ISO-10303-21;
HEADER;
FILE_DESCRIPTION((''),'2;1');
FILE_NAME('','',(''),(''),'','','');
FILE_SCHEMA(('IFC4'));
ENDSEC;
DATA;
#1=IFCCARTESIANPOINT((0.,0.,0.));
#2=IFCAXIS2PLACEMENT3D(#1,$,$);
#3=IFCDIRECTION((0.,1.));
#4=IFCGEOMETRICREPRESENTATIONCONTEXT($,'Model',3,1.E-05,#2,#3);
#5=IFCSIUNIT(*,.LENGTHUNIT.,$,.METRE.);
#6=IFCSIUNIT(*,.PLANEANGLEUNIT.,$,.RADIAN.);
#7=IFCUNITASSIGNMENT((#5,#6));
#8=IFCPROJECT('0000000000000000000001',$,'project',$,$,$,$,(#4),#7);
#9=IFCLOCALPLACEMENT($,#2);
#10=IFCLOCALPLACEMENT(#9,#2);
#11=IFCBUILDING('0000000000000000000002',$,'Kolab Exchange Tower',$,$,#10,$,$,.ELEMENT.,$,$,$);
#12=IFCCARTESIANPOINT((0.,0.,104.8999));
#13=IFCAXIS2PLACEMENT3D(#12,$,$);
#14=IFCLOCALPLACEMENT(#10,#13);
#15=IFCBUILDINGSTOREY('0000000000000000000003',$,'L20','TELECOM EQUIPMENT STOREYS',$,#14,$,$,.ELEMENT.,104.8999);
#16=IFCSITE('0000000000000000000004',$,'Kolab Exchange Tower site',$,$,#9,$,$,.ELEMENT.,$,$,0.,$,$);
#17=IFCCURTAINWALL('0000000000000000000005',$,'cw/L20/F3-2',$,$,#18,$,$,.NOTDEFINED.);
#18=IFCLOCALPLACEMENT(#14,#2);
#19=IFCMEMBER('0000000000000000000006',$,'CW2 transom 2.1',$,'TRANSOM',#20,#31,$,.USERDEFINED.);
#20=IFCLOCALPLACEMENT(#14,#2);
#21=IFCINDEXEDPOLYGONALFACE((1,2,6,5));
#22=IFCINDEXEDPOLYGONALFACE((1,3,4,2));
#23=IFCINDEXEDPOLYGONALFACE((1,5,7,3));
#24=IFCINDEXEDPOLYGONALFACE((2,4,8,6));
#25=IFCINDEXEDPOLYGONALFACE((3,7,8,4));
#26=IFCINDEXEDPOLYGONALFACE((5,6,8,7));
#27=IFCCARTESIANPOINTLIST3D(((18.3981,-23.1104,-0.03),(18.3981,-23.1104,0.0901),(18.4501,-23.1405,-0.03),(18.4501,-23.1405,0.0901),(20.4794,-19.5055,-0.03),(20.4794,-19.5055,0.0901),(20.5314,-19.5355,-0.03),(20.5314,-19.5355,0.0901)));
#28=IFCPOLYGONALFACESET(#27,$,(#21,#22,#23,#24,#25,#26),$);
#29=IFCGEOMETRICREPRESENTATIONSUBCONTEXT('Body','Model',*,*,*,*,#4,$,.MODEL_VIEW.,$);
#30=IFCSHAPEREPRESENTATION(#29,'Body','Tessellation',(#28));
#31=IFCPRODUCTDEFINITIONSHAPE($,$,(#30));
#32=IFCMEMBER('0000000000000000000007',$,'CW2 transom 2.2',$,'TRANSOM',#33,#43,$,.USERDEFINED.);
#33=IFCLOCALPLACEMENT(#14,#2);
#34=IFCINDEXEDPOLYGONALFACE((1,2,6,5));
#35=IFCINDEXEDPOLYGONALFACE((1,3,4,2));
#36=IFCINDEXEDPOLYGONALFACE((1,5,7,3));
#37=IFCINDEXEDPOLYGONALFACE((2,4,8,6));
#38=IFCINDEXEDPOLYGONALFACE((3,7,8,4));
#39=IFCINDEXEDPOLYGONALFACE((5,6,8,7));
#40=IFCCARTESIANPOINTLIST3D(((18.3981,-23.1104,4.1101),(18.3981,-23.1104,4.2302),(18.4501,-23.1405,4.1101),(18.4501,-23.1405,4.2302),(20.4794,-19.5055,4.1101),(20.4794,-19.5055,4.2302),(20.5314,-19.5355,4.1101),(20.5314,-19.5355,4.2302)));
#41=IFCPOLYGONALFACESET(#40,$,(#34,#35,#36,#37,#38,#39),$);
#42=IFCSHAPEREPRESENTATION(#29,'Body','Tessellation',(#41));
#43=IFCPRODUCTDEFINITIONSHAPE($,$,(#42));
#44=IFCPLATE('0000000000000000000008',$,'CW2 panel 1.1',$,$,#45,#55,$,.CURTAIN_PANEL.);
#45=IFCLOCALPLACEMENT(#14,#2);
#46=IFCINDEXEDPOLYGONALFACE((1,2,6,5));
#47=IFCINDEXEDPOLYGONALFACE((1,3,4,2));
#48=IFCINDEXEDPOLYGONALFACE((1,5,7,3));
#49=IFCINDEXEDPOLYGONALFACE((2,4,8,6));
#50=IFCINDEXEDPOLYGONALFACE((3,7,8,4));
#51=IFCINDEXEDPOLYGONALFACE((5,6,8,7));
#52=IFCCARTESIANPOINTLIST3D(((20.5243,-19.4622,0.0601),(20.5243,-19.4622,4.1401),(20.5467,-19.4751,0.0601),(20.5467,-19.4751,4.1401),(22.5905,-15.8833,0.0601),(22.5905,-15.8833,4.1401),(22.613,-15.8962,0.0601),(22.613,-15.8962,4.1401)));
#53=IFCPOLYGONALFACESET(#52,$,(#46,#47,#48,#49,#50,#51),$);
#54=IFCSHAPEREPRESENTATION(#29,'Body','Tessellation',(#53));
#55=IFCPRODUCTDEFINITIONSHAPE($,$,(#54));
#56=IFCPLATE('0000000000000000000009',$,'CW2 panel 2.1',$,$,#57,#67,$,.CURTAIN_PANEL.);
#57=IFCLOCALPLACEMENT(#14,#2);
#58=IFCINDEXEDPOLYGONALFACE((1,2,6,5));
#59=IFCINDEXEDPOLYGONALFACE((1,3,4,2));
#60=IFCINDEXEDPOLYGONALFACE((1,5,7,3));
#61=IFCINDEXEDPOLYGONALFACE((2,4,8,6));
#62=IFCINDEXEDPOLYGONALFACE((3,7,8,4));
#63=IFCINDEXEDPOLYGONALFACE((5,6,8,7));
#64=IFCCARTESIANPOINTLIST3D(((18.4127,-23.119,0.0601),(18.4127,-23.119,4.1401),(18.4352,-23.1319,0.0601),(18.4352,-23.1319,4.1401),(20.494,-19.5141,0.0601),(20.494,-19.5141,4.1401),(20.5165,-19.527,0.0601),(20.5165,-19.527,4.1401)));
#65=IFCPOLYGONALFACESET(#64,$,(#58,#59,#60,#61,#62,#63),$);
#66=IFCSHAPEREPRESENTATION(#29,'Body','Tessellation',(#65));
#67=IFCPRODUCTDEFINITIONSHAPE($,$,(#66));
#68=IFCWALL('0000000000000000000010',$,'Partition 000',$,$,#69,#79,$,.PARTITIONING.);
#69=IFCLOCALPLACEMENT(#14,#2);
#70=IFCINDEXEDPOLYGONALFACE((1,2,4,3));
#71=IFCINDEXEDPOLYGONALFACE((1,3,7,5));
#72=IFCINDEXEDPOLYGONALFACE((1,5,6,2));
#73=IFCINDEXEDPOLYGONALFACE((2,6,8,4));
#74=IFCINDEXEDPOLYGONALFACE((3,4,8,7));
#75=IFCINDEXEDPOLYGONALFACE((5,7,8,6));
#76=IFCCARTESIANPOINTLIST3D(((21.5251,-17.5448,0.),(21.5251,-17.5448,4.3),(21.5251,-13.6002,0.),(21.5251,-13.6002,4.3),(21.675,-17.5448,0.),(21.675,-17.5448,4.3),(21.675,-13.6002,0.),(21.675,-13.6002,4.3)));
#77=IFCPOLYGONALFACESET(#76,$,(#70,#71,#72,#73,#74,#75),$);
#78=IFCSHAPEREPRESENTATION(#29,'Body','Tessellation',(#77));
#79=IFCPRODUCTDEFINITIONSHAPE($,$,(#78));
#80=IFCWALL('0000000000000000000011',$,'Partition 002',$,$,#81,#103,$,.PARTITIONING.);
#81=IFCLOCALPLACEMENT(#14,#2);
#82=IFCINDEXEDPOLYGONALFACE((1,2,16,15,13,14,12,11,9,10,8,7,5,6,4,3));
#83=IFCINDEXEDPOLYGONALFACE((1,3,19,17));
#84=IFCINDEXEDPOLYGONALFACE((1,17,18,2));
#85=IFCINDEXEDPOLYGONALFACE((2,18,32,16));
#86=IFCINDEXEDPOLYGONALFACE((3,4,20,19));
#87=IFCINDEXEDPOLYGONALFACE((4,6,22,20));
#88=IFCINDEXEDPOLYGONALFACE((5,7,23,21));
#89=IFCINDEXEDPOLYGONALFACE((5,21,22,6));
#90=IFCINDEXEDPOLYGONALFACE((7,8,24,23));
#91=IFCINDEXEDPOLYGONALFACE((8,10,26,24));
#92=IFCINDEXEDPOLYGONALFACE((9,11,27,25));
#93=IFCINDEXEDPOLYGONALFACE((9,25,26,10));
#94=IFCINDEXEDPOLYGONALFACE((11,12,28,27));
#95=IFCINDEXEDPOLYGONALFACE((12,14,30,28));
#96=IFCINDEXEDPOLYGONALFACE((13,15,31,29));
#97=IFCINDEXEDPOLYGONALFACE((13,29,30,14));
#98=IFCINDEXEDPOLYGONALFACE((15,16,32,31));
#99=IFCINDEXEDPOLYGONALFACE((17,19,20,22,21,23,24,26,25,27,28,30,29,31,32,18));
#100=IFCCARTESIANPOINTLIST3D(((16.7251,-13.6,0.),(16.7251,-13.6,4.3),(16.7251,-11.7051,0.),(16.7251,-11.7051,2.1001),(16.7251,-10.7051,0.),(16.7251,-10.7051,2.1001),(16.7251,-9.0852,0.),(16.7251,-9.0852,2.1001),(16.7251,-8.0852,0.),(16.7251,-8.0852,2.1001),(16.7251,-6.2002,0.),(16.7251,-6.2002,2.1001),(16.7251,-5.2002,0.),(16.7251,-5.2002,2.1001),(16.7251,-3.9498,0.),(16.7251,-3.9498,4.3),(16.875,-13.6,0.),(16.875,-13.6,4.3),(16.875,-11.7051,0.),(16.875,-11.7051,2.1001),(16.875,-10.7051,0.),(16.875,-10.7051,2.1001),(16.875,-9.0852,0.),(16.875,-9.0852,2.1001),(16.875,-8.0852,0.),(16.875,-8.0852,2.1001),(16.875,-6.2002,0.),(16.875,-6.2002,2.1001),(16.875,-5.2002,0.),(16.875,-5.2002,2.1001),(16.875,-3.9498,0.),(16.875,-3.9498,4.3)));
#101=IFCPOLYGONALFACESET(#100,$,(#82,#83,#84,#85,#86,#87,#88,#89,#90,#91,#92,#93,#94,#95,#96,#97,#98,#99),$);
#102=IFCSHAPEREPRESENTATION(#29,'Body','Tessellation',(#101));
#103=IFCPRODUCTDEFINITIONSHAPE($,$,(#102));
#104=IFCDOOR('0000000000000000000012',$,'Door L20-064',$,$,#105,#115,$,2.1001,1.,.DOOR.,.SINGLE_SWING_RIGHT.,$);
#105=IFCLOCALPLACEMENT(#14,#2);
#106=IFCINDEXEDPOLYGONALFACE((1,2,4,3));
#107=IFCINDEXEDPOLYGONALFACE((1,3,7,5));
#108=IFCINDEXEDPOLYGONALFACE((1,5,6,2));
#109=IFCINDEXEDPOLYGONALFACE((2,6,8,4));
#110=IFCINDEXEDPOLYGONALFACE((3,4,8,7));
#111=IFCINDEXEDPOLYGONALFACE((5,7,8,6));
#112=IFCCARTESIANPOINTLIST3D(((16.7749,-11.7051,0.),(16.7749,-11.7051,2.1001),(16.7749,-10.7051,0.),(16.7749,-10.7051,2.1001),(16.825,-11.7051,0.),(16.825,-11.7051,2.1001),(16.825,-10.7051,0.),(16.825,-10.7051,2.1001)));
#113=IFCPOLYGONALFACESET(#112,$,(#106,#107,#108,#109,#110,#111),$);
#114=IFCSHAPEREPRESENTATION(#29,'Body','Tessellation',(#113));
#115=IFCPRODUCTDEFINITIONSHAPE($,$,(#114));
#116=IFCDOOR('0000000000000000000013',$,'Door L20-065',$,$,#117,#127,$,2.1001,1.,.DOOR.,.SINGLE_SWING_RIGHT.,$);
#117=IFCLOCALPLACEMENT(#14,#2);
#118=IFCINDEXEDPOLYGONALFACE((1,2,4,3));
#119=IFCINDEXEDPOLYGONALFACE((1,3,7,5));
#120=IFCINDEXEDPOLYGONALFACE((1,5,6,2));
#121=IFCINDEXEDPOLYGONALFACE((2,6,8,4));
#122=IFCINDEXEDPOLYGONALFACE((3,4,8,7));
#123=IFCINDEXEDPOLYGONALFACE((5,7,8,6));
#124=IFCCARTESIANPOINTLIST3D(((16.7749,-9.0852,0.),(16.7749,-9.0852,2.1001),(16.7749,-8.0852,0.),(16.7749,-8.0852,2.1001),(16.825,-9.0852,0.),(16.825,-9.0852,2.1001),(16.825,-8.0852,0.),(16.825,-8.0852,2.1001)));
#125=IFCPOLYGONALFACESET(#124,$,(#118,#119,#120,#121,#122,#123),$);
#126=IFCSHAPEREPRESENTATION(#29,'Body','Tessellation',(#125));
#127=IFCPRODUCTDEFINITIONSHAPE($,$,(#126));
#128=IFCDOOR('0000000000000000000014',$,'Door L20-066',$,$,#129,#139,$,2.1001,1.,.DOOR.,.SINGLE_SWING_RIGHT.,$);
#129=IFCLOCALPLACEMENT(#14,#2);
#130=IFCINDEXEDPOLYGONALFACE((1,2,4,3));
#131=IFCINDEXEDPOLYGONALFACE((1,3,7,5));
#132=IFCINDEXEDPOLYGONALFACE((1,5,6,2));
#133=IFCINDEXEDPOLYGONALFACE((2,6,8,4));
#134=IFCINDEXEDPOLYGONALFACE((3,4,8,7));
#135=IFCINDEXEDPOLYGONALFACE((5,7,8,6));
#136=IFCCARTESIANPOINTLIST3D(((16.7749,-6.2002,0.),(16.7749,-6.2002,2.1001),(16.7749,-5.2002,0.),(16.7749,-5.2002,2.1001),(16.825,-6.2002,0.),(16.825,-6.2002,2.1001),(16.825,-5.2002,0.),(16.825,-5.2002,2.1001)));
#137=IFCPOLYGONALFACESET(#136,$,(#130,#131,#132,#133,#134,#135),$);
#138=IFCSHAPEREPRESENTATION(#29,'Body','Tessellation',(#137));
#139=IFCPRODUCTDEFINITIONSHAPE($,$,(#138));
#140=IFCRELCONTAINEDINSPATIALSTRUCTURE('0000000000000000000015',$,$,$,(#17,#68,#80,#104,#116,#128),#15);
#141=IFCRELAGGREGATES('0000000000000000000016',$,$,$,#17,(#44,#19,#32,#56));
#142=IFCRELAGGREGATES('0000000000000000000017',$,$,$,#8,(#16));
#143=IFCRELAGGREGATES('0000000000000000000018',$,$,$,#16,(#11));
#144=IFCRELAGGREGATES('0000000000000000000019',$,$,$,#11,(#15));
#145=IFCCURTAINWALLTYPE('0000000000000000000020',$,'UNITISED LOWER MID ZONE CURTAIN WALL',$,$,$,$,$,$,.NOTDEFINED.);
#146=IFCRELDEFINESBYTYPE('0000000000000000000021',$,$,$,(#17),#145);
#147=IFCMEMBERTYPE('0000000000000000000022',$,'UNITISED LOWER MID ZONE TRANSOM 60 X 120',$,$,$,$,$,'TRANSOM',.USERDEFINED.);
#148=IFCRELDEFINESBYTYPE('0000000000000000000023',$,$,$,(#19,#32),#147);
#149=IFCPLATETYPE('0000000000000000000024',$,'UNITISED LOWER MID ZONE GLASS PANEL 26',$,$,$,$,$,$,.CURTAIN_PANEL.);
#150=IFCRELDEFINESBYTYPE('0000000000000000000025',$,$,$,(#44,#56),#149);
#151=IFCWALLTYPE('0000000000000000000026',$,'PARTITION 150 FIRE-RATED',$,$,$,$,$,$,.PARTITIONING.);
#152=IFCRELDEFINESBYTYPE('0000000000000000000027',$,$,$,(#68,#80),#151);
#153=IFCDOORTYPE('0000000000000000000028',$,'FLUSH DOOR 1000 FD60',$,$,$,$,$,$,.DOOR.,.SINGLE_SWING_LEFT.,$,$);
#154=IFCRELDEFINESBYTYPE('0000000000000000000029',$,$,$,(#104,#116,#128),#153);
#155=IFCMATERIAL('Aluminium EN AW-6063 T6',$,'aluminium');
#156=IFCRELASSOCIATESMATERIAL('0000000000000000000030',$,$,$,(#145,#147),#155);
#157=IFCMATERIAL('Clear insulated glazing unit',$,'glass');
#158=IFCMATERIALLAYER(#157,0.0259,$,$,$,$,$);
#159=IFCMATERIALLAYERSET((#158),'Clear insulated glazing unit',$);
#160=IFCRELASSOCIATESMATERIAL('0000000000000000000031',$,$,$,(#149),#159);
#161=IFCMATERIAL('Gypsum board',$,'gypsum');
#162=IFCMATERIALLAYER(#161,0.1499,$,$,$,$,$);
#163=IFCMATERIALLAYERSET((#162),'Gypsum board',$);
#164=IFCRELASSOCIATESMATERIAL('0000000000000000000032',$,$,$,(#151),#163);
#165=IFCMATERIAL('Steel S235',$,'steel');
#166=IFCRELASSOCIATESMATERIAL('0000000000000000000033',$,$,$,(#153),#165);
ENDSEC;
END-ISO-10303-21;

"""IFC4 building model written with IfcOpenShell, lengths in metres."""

from ifc_helpers import new_model, si_unit, direction, frame, frame_2d, origin, origin_2d, place, context, subcontext, project, spatial, rectangle, extrude, material, layer, layer_set, material_profile, profile_set, type_object, element, fill, aggregate, save


model = new_model("IFC4")

# Units and contexts
model_context = context("Model", 3, precision=1e-05, world=origin(), true_north=direction((0.0, 1.0)))
body_context = subcontext(model_context, "Body", "Model", "MODEL_VIEW")
ifc_project = project(units=[si_unit("LENGTHUNIT", "METRE"), si_unit("PLANEANGLEUNIT", "RADIAN")], contexts=[model_context])

# Site, building, storey
site_placement = place(None, origin())
site = spatial("IfcSite", under=ifc_project, at=site_placement, Name="Kolab Exchange Tower site", CompositionType="ELEMENT", RefElevation=0.0)
building_placement = place(site_placement, origin())
building = spatial("IfcBuilding", under=site, at=building_placement, Name="Kolab Exchange Tower", CompositionType="ELEMENT")
storey_placement = place(building_placement, frame((0.0, 0.0, 104.8999)))
storey = spatial("IfcBuildingStorey", under=building, at=storey_placement, Name="L20", Description="TELECOM EQUIPMENT STOREYS", CompositionType="ELEMENT", Elevation=104.8999)

# Curtain wall, members, plates
ifc_material_1 = material(Name="Aluminium EN AW-6063 T6", Category="aluminium")
curtain_wall_type = type_object("IfcCurtainWallType", Name="UNITISED LOWER MID ZONE CURTAIN WALL", PredefinedType="NOTDEFINED", material=ifc_material_1)
curtain_wall_placement = place(storey_placement, origin())
curtain_wall = element("IfcCurtainWall", 1, at=curtain_wall_placement, inside=storey, type_object=curtain_wall_type, Name="cw/L20/F3-2", PredefinedType="NOTDEFINED")
ifc_material_profile_1 = material_profile(ifc_material_1, rectangle(XDim=0.0601, YDim=0.1201, at=origin_2d()), Name="RECT 60X120")
ifc_profile_set_1 = profile_set([ifc_material_profile_1], Name="Aluminium EN AW-6063 T6")
member_type_1 = type_object("IfcMemberType", Name="UNITISED LOWER MID ZONE TRANSOM 60 X 120", ElementType="TRANSOM", PredefinedType="USERDEFINED", material=ifc_profile_set_1)
member_1_placement = place(storey_placement, frame((20.5054, -19.5205, 0.03), z_axis=(-0.499993, -0.866029, 0.0), x_axis=(0.866029, -0.499993, 0.0)))
member_1 = element("IfcMember", 2, at=member_1_placement, type_object=member_type_1, Name="CW2 transom 2.1", ObjectType="TRANSOM", PredefinedType="USERDEFINED", context=body_context, shape_type="SweptSolid", body=[
    extrude(rectangle(XDim=0.0601, YDim=0.1201, at=origin_2d()), origin(), (0.0, 0.0, 1.0), 4.1626),
])
member_2_placement = place(storey_placement, frame((20.5054, -19.5205, 4.1702), z_axis=(-0.499993, -0.866029, 0.0), x_axis=(0.866029, -0.499993, 0.0)))
member_2 = element("IfcMember", 3, at=member_2_placement, type_object=member_type_1, Name="CW2 transom 2.2", ObjectType="TRANSOM", PredefinedType="USERDEFINED", context=body_context, shape_type="SweptSolid", body=[
    extrude(rectangle(XDim=0.0601, YDim=0.1201, at=origin_2d()), origin(), (0.0, 0.0, 1.0), 4.1626),
])
ifc_material_2 = material(Name="Clear insulated glazing unit", Category="glass")
ifc_layer_1 = layer(ifc_material_2, 0.0259)
ifc_layer_set_1 = layer_set([ifc_layer_1], Name="Clear insulated glazing unit")
plate_type = type_object("IfcPlateType", Name="UNITISED LOWER MID ZONE GLASS PANEL 26", PredefinedType="CURTAIN_PANEL", material=ifc_layer_set_1)
plate_1_placement = place(storey_placement, frame((21.5686, -17.6792, 0.0601), z_axis=(0.0, 0.0, 1.0), x_axis=(-0.5, -0.866025, 0.0)))
plate_1 = element("IfcPlate", 4, at=plate_1_placement, type_object=plate_type, Name="CW2 panel 1.1", PredefinedType="CURTAIN_PANEL", context=body_context, shape_type="SweptSolid", body=[
    extrude(rectangle(XDim=4.1326, YDim=0.0259, at=origin_2d()), origin(), (0.0, 0.0, 1.0), 4.0801),
])
plate_2_placement = place(storey_placement, frame((19.4646, -21.323, 0.0601), z_axis=(0.0, 0.0, 1.0), x_axis=(-0.5, -0.866025, 0.0)))
plate_2 = element("IfcPlate", 5, at=plate_2_placement, type_object=plate_type, Name="CW2 panel 2.1", PredefinedType="CURTAIN_PANEL", context=body_context, shape_type="SweptSolid", body=[
    extrude(rectangle(XDim=4.1626, YDim=0.0259, at=origin_2d()), origin(), (0.0, 0.0, 1.0), 4.0801),
])
aggregate(curtain_wall, [plate_1, member_1, member_2, plate_2])

# Wall
ifc_material_3 = material(Name="Gypsum board", Category="gypsum")
ifc_layer_2 = layer(ifc_material_3, 0.1499)
ifc_layer_set_2 = layer_set([ifc_layer_2], Name="Gypsum board")
wall_type = type_object("IfcWallType", Name="PARTITION 150 FIRE-RATED", PredefinedType="PARTITIONING", material=ifc_layer_set_2)
wall_1_placement = place(storey_placement, frame((21.6001, -17.5447, 0.0), z_axis=(0.0, 0.0, 1.0), x_axis=(0.0, 1.0, 0.0)))
element("IfcWall", 6, at=wall_1_placement, inside=storey, type_object=wall_type, Name="Partition 000", PredefinedType="PARTITIONING", context=body_context, shape_type="SweptSolid", body=[
    extrude(rectangle(XDim=3.9446, YDim=0.1499, at=frame_2d((1.9722, 0.0))), origin(), (0.0, 0.0, 1.0), 4.3),
])

# Wall, openings, doors
wall_2_placement = place(storey_placement, frame((16.8, -13.6001, 0.0), z_axis=(0.0, 0.0, 1.0), x_axis=(0.0, 1.0, 0.0)))
wall_2 = element("IfcWall", 7, at=wall_2_placement, inside=storey, type_object=wall_type, Name="Partition 002", PredefinedType="PARTITIONING", context=body_context, shape_type="SweptSolid", body=[
    extrude(rectangle(XDim=9.6501, YDim=0.1499, at=frame_2d((4.8252, 0.0))), origin(), (0.0, 0.0, 1.0), 4.3),
])
opening_1_placement = place(wall_2_placement, frame((1.895, 0.0, 0.0)))
opening_1 = element("IfcOpeningElement", 8, at=opening_1_placement, cuts=wall_2, PredefinedType="OPENING", context=body_context, shape_type="SweptSolid", body=[
    extrude(rectangle(XDim=1.0, YDim=2.1001, at=frame_2d((0.5, 1.05))), frame((0.0, 0.085, 0.0), z_axis=(0.0, -1.0, 0.0), x_axis=(1.0, 0.0, 0.0)), (0.0, 0.0, 1.0), 0.1699),
])
opening_2_placement = place(wall_2_placement, frame((4.5149, 0.0, 0.0)))
opening_2 = element("IfcOpeningElement", 9, at=opening_2_placement, cuts=wall_2, PredefinedType="OPENING", context=body_context, shape_type="SweptSolid", body=[
    extrude(rectangle(XDim=1.0, YDim=2.1001, at=frame_2d((0.5, 1.05))), frame((0.0, 0.085, 0.0), z_axis=(0.0, -1.0, 0.0), x_axis=(1.0, 0.0, 0.0)), (0.0, 0.0, 1.0), 0.1699),
])
opening_3_placement = place(wall_2_placement, frame((7.3999, 0.0, 0.0)))
opening_3 = element("IfcOpeningElement", 10, at=opening_3_placement, cuts=wall_2, PredefinedType="OPENING", context=body_context, shape_type="SweptSolid", body=[
    extrude(rectangle(XDim=1.0, YDim=2.1001, at=frame_2d((0.5, 1.05))), frame((0.0, 0.085, 0.0), z_axis=(0.0, -1.0, 0.0), x_axis=(1.0, 0.0, 0.0)), (0.0, 0.0, 1.0), 0.1699),
])
ifc_material_4 = material(Name="Steel S235", Category="steel")
door_type = type_object("IfcDoorType", Name="FLUSH DOOR 1000 FD60", OperationType="SINGLE_SWING_LEFT", PredefinedType="DOOR", material=ifc_material_4)
door_1_placement = place(opening_1_placement, frame((1.0, 0.0, 0.0), z_axis=(0.0, 0.0, 1.0), x_axis=(-1.0, 0.0, 0.0)))
door_1 = element("IfcDoor", 11, at=door_1_placement, inside=storey, type_object=door_type, Name="Door L20-064", OperationType="SINGLE_SWING_RIGHT", OverallHeight=2.1001, OverallWidth=1.0, PredefinedType="DOOR", context=body_context, shape_type="SweptSolid", body=[
    extrude(rectangle(XDim=1.0, YDim=2.1001, at=frame_2d((0.5, 1.05))), frame((0.0, 0.0249, 0.0), z_axis=(0.0, -1.0, 0.0), x_axis=(1.0, 0.0, 0.0)), (0.0, 0.0, 1.0), 0.05),
])
fill(opening_1, door_1)
door_2_placement = place(opening_2_placement, frame((1.0, 0.0, 0.0), z_axis=(0.0, 0.0, 1.0), x_axis=(-1.0, 0.0, 0.0)))
door_2 = element("IfcDoor", 12, at=door_2_placement, inside=storey, type_object=door_type, Name="Door L20-065", OperationType="SINGLE_SWING_RIGHT", OverallHeight=2.1001, OverallWidth=1.0, PredefinedType="DOOR", context=body_context, shape_type="SweptSolid", body=[
    extrude(rectangle(XDim=1.0, YDim=2.1001, at=frame_2d((0.5, 1.05))), frame((0.0, 0.0249, 0.0), z_axis=(0.0, -1.0, 0.0), x_axis=(1.0, 0.0, 0.0)), (0.0, 0.0, 1.0), 0.05),
])
fill(opening_2, door_2)
door_3_placement = place(opening_3_placement, frame((1.0, 0.0, 0.0), z_axis=(0.0, 0.0, 1.0), x_axis=(-1.0, 0.0, 0.0)))
door_3 = element("IfcDoor", 13, at=door_3_placement, inside=storey, type_object=door_type, Name="Door L20-066", OperationType="SINGLE_SWING_RIGHT", OverallHeight=2.1001, OverallWidth=1.0, PredefinedType="DOOR", context=body_context, shape_type="SweptSolid", body=[
    extrude(rectangle(XDim=1.0, YDim=2.1001, at=frame_2d((0.5, 1.05))), frame((0.0, 0.0249, 0.0), z_axis=(0.0, -1.0, 0.0), x_axis=(1.0, 0.0, 0.0)), (0.0, 0.0, 1.0), 0.05),
])
fill(opening_3, door_3)

save(model, "model.ifc")
